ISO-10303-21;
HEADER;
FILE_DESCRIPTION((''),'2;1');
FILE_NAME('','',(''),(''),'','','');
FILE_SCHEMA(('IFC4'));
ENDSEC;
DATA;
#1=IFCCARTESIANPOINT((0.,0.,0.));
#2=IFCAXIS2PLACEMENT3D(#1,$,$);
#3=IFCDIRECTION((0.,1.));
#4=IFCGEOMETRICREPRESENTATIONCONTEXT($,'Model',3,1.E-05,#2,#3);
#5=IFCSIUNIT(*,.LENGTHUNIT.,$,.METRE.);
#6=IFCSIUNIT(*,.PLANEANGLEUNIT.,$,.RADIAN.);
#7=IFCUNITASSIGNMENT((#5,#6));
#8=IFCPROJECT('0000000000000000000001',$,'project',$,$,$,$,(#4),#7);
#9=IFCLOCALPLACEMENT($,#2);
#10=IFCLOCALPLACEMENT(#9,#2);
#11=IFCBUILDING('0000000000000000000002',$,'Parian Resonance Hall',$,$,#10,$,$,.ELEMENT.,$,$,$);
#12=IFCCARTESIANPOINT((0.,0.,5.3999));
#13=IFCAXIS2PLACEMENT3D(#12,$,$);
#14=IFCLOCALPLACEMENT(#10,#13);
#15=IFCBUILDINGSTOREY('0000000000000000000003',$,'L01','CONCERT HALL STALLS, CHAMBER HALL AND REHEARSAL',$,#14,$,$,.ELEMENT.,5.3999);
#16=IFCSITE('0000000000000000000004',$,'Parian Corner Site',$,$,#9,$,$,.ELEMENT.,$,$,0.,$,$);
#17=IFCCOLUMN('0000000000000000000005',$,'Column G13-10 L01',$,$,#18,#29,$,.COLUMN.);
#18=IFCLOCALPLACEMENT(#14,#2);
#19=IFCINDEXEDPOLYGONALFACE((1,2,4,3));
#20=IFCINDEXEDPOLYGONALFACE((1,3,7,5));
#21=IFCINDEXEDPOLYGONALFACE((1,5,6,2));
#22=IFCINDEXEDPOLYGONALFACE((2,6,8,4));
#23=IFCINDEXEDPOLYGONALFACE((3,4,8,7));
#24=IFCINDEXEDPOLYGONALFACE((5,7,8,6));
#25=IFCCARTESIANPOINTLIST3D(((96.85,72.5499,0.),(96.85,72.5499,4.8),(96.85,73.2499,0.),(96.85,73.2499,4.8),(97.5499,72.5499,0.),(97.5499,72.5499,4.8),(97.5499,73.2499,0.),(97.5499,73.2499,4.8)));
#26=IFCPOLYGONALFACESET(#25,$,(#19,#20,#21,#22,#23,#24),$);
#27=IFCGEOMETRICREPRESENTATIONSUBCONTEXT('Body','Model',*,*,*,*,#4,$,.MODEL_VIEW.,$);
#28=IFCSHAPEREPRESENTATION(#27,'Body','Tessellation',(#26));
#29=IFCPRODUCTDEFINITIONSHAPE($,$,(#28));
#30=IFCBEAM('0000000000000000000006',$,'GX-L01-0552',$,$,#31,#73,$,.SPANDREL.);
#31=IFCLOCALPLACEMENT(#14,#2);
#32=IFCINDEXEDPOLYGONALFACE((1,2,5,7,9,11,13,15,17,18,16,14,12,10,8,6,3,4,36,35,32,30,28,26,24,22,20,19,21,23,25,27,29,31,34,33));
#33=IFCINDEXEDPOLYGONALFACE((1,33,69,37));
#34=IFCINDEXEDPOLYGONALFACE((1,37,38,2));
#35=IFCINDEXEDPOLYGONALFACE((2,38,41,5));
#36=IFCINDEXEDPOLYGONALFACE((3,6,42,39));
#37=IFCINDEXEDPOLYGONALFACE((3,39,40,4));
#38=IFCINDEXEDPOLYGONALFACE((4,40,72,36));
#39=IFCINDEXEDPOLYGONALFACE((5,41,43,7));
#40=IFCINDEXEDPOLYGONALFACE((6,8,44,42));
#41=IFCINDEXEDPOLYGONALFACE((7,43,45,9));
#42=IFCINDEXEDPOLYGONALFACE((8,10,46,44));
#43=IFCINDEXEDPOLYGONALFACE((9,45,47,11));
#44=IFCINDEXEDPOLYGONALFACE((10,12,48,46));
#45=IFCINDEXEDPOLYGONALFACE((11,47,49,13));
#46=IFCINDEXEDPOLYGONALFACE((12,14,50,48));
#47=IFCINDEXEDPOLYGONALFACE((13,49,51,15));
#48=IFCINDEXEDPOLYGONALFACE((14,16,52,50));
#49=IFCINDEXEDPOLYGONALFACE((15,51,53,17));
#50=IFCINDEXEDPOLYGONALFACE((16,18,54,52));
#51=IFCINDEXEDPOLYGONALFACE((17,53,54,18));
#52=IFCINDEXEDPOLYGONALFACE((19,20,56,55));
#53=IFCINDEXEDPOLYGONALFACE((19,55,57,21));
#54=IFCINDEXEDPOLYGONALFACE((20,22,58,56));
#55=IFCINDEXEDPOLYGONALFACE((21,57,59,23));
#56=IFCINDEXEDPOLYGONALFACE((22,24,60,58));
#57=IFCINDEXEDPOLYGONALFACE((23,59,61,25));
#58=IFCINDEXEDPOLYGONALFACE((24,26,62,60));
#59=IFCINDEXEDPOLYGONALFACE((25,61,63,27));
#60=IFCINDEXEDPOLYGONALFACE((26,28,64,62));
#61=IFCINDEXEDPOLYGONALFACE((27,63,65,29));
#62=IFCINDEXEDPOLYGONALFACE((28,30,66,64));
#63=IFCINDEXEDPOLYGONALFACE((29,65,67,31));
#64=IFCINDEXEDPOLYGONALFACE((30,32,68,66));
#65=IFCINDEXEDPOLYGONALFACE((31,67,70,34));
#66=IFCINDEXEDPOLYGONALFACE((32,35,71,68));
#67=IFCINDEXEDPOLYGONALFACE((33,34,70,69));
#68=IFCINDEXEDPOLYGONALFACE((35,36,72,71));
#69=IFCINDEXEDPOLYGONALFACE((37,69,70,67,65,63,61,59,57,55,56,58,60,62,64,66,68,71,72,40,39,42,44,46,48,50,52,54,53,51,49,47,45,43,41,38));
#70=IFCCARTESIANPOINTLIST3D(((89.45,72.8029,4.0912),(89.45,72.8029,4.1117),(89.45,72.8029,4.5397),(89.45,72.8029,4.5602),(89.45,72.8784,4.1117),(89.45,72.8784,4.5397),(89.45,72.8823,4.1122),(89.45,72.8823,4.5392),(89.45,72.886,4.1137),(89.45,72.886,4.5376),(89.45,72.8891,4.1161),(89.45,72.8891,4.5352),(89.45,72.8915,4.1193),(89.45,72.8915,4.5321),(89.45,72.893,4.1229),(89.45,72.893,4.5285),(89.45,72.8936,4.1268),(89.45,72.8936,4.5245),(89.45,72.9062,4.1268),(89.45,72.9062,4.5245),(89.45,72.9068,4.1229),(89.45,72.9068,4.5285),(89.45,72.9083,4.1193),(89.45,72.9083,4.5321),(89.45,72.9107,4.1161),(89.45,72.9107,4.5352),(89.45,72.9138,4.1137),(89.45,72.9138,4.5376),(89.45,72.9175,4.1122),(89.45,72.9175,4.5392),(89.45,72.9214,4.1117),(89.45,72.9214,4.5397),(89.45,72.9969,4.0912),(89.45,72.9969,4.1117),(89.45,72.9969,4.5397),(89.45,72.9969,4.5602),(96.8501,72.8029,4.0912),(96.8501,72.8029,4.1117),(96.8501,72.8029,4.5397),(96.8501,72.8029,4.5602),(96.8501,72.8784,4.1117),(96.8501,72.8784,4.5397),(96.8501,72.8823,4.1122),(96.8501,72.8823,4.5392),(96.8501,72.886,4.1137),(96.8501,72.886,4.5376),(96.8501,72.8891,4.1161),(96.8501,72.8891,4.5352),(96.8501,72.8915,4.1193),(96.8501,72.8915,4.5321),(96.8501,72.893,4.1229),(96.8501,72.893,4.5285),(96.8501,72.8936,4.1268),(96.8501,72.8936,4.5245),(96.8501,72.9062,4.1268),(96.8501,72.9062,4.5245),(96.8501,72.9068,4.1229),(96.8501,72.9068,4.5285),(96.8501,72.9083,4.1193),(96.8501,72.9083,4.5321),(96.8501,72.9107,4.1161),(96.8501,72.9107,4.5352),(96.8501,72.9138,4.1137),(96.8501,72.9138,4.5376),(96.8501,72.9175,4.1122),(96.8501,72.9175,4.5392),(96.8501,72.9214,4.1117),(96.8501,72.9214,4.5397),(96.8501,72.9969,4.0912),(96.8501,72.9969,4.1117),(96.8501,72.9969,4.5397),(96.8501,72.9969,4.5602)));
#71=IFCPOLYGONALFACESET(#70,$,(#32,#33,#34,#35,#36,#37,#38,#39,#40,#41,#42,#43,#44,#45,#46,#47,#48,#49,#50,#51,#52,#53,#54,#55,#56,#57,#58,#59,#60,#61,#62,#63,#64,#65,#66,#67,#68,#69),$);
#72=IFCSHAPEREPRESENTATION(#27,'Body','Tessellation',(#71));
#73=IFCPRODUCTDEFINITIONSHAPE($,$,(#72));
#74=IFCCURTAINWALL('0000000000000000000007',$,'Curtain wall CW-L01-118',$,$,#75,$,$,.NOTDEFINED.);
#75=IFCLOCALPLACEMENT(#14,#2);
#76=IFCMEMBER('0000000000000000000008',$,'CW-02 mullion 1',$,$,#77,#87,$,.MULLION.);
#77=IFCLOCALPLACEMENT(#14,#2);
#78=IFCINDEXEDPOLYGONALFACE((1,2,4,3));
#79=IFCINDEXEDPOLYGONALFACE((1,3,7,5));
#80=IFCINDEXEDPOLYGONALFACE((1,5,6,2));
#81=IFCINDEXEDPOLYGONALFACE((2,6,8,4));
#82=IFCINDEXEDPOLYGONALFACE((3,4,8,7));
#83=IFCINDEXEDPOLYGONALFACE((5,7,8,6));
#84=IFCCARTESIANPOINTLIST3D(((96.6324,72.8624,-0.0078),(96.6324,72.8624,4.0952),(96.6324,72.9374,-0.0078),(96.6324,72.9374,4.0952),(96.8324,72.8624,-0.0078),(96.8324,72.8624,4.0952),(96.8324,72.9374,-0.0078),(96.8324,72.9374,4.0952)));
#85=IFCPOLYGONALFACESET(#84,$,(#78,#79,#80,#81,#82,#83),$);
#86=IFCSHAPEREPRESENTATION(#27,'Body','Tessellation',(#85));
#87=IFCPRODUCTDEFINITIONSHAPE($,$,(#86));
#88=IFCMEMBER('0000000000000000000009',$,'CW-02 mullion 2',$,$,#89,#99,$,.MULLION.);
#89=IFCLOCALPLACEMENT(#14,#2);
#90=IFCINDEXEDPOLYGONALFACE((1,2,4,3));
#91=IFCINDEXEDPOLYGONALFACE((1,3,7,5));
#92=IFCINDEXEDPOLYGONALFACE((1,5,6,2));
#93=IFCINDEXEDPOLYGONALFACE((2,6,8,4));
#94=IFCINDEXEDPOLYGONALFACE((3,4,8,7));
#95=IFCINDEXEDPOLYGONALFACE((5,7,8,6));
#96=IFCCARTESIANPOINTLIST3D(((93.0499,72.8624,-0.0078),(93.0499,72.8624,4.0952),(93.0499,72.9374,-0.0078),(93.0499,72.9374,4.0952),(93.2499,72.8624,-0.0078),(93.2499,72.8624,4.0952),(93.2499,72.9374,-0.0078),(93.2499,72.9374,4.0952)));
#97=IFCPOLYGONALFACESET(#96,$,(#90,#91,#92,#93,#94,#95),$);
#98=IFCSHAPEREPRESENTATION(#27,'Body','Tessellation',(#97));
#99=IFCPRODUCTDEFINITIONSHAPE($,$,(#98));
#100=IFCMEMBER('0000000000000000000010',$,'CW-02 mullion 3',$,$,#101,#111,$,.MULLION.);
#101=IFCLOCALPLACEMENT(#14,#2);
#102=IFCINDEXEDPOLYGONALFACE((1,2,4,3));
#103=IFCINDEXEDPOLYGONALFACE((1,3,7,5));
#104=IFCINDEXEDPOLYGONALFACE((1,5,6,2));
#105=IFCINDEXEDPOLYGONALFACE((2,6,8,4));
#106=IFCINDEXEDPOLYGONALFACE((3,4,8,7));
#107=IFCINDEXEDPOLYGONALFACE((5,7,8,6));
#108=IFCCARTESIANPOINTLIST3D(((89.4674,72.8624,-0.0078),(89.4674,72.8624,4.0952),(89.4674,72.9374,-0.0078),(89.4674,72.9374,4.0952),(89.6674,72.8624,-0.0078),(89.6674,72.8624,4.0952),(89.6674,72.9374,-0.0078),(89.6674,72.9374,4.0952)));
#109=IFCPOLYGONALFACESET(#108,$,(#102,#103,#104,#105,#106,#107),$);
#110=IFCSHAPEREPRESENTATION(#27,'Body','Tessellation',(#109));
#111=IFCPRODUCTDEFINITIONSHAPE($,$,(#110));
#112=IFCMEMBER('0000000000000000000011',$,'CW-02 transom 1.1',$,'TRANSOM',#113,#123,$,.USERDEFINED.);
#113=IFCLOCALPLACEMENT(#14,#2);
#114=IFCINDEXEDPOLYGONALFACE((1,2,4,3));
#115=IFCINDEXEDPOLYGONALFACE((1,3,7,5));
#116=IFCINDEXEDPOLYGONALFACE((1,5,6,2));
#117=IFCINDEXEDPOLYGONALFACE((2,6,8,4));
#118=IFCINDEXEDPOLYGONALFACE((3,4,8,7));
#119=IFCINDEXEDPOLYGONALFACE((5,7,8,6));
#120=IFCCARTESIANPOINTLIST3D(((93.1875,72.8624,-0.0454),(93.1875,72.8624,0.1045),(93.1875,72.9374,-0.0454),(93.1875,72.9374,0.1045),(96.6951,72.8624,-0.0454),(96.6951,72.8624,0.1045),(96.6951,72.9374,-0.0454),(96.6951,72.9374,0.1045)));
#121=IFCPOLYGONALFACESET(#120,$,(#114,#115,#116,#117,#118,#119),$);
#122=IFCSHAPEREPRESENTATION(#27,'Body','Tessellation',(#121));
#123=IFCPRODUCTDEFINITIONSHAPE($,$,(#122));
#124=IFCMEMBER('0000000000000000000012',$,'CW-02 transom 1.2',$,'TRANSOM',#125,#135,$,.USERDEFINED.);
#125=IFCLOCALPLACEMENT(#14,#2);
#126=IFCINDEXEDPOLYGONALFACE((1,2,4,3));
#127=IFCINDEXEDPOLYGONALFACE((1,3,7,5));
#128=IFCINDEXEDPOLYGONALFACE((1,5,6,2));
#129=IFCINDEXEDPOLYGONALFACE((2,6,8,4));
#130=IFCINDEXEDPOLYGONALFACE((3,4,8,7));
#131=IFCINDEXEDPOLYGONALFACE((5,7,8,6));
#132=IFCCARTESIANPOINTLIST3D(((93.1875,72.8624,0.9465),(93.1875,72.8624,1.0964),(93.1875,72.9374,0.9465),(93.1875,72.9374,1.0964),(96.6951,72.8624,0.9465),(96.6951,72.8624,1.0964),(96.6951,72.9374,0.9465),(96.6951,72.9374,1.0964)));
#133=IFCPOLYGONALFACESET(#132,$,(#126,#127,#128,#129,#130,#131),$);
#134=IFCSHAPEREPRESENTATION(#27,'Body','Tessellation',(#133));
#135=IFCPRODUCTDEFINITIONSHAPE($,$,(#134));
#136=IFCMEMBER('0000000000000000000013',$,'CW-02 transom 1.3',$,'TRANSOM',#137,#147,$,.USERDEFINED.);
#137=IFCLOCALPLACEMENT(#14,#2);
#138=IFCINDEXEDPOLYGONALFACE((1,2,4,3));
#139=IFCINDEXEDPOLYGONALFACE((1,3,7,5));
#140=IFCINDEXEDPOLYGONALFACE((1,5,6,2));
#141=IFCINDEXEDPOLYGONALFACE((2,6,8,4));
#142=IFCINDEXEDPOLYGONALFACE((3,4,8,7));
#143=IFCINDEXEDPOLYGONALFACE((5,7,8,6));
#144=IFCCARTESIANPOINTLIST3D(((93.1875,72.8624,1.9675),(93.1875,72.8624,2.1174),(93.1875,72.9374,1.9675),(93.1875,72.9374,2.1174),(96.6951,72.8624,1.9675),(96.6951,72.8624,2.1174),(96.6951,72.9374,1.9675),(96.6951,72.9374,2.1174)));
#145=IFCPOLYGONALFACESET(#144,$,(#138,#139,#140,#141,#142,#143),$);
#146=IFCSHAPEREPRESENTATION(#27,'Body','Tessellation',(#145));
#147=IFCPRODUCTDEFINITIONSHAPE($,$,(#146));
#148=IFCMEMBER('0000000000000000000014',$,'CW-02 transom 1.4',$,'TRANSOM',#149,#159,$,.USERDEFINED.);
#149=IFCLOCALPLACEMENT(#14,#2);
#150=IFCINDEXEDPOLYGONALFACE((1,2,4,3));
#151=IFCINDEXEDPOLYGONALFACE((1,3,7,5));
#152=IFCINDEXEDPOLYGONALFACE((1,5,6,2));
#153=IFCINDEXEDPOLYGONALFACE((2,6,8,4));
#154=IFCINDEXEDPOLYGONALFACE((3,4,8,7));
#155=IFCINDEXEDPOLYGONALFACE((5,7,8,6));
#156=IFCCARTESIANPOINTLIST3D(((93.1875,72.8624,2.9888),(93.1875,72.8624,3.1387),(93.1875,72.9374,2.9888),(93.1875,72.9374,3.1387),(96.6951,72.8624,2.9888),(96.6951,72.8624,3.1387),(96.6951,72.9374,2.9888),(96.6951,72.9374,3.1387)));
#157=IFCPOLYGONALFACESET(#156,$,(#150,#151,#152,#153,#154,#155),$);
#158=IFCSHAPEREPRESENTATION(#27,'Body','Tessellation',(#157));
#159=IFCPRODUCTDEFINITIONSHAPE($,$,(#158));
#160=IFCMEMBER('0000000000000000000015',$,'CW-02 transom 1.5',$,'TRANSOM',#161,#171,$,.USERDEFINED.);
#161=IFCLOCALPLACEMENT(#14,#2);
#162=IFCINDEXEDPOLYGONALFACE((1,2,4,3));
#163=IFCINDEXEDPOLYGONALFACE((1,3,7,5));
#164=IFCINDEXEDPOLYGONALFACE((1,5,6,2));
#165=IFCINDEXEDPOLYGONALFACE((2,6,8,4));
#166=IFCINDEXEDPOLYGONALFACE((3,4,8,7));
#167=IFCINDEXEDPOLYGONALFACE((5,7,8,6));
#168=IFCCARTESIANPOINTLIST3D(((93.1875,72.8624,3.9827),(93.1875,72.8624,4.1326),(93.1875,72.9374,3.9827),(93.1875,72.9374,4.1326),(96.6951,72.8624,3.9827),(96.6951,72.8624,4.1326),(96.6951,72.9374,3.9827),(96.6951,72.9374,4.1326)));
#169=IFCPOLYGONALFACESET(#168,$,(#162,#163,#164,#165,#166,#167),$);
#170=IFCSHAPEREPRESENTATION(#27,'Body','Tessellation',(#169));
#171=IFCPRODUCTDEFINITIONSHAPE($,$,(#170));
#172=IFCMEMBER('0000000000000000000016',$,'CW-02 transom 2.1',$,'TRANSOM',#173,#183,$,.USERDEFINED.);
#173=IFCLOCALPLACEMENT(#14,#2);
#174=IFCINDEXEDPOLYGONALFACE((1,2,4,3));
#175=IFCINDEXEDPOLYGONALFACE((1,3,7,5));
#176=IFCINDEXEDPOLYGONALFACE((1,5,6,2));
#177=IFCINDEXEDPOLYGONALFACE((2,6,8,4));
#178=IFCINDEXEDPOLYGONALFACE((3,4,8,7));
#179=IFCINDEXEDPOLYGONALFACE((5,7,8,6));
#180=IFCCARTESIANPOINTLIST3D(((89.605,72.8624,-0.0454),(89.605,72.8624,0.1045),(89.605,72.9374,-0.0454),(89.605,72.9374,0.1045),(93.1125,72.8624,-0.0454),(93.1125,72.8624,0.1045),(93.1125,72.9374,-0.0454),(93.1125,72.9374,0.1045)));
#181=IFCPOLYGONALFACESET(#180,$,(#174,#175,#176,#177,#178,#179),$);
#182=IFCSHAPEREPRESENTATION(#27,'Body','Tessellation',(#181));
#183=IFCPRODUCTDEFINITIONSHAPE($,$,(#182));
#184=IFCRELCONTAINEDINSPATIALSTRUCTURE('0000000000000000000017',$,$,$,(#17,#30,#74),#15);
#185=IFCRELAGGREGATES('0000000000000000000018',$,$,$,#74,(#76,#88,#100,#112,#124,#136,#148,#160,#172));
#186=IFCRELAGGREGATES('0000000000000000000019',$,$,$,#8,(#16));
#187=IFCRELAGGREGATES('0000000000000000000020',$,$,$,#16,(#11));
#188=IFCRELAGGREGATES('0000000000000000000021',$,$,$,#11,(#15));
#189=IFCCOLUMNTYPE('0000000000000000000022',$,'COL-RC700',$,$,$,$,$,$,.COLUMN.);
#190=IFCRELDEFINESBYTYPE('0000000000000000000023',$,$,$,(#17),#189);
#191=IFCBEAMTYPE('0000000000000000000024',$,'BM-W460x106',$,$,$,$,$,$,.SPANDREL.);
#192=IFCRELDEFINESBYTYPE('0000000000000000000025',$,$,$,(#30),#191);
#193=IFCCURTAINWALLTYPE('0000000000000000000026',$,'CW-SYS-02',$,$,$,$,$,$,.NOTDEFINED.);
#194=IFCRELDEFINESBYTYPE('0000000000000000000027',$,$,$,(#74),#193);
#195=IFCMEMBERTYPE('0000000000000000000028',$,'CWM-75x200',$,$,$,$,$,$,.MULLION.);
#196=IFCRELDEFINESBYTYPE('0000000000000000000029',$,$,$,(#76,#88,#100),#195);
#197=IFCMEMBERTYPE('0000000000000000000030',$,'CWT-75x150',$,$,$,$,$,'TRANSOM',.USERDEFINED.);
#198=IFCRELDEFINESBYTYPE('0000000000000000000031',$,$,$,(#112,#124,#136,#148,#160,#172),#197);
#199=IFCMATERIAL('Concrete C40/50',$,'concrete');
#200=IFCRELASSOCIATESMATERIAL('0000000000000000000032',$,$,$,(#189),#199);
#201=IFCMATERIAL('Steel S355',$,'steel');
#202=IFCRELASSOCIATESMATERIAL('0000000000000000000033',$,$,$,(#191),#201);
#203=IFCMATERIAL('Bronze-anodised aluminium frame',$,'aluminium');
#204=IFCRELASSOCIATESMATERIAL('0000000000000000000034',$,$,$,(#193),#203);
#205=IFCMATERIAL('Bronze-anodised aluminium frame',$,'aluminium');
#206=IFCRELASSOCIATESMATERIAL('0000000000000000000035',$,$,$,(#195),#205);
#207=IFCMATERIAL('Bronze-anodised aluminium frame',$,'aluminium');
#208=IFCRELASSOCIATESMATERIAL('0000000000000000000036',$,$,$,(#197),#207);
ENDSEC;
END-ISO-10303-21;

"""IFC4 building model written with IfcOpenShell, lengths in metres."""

from ifc_helpers import new_model, si_unit, direction, frame, origin, origin_2d, place, context, subcontext, project, spatial, rectangle, i_section, extrude, material, material_profile, profile_set, type_object, element, aggregate, save


model = new_model("IFC4")

# Units and contexts
model_context = context("Model", 3, precision=1e-05, world=origin(), true_north=direction((0.0, 1.0)))
body_context = subcontext(model_context, "Body", "Model", "MODEL_VIEW")
ifc_project = project(units=[si_unit("LENGTHUNIT", "METRE"), si_unit("PLANEANGLEUNIT", "RADIAN")], contexts=[model_context])

# Site, building, storey
site_placement = place(None, origin())
site = spatial("IfcSite", under=ifc_project, at=site_placement, Name="Parian Corner Site", CompositionType="ELEMENT", RefElevation=0.0)
building_placement = place(site_placement, origin())
building = spatial("IfcBuilding", under=site, at=building_placement, Name="Parian Resonance Hall", CompositionType="ELEMENT")
storey_placement = place(building_placement, frame((0.0, 0.0, 5.3999)))
storey = spatial("IfcBuildingStorey", under=building, at=storey_placement, Name="L01", Description="CONCERT HALL STALLS, CHAMBER HALL AND REHEARSAL", CompositionType="ELEMENT", Elevation=5.3999)

# Column
ifc_material_1 = material(Name="Concrete C40/50", Category="concrete")
ifc_material_profile_1 = material_profile(ifc_material_1, rectangle(XDim=0.7, YDim=0.7, at=origin_2d()), Name="RC-COL-700x700")
ifc_profile_set_1 = profile_set([ifc_material_profile_1], Name="Concrete C40/50")
column_type = type_object("IfcColumnType", Name="COL-RC700", PredefinedType="COLUMN", material=ifc_profile_set_1)
column_placement = place(storey_placement, frame((97.2, 72.8999, 0.0), z_axis=(0.0, 0.0, 1.0), x_axis=(1.0, 0.0, 0.0)))
element("IfcColumn", 1, at=column_placement, inside=storey, type_object=column_type, Name="Column G13-10 L01", PredefinedType="COLUMN", context=body_context, shape_type="SweptSolid", body=[
    extrude(rectangle(XDim=0.7, YDim=0.7, at=origin_2d()), origin(), (0.0, 0.0, 1.0), 4.8),
])

# Beam
ifc_material_2 = material(Name="Steel S355", Category="steel")
ifc_material_profile_2 = material_profile(ifc_material_2, i_section(OverallWidth=0.1941, OverallDepth=0.469, WebThickness=0.0127, FlangeThickness=0.0205, FilletRadius=0.0151, at=origin_2d()), Name="W460x106")
ifc_profile_set_2 = profile_set([ifc_material_profile_2], Name="Steel S355")
beam_type = type_object("IfcBeamType", Name="BM-W460x106", PredefinedType="SPANDREL", material=ifc_profile_set_2)
beam_placement = place(storey_placement, frame((89.45, 72.8999, 4.3257), z_axis=(1.0, 0.0, 0.0), x_axis=(0.0, 1.0, 0.0)))
element("IfcBeam", 2, at=beam_placement, inside=storey, type_object=beam_type, Name="GX-L01-0552", PredefinedType="SPANDREL", context=body_context, shape_type="SweptSolid", body=[
    extrude(i_section(OverallWidth=0.1941, OverallDepth=0.469, WebThickness=0.0127, FlangeThickness=0.0205, FilletRadius=0.0151, at=origin_2d()), origin(), (0.0, 0.0, 1.0), 7.4001),
])

# Curtain wall, members
ifc_material_3 = material(Name="Bronze-anodised aluminium frame", Category="aluminium")
curtain_wall_type = type_object("IfcCurtainWallType", Name="CW-SYS-02", PredefinedType="NOTDEFINED", material=ifc_material_3)
curtain_wall_placement = place(storey_placement, origin())
curtain_wall = element("IfcCurtainWall", 3, at=curtain_wall_placement, inside=storey, type_object=curtain_wall_type, Name="Curtain wall CW-L01-118", PredefinedType="NOTDEFINED")
ifc_material_4 = material(Name="Bronze-anodised aluminium frame", Category="aluminium")
ifc_material_profile_3 = material_profile(ifc_material_4, rectangle(XDim=0.075, YDim=0.2, at=origin_2d()), Name="CWM-75x200")
ifc_profile_set_3 = profile_set([ifc_material_profile_3], Name="Bronze-anodised aluminium frame")
member_type_1 = type_object("IfcMemberType", Name="CWM-75x200", PredefinedType="MULLION", material=ifc_profile_set_3)
member_1_placement = place(storey_placement, frame((96.7324, 72.8999, -0.0078), z_axis=(0.0, 0.0, 1.0), x_axis=(0.0, -1.0, 0.0)))
member_1 = element("IfcMember", 4, at=member_1_placement, type_object=member_type_1, Name="CW-02 mullion 1", PredefinedType="MULLION", context=body_context, shape_type="SweptSolid", body=[
    extrude(rectangle(XDim=0.075, YDim=0.2, at=origin_2d()), origin(), (0.0, 0.0, 1.0), 4.103),
])
member_2_placement = place(storey_placement, frame((93.1499, 72.8999, -0.0078), z_axis=(0.0, 0.0, 1.0), x_axis=(0.0, -1.0, 0.0)))
member_2 = element("IfcMember", 5, at=member_2_placement, type_object=member_type_1, Name="CW-02 mullion 2", PredefinedType="MULLION", context=body_context, shape_type="SweptSolid", body=[
    extrude(rectangle(XDim=0.075, YDim=0.2, at=origin_2d()), origin(), (0.0, 0.0, 1.0), 4.103),
])
member_3_placement = place(storey_placement, frame((89.5674, 72.8999, -0.0078), z_axis=(0.0, 0.0, 1.0), x_axis=(0.0, -1.0, 0.0)))
member_3 = element("IfcMember", 6, at=member_3_placement, type_object=member_type_1, Name="CW-02 mullion 3", PredefinedType="MULLION", context=body_context, shape_type="SweptSolid", body=[
    extrude(rectangle(XDim=0.075, YDim=0.2, at=origin_2d()), origin(), (0.0, 0.0, 1.0), 4.103),
])
ifc_material_5 = material(Name="Bronze-anodised aluminium frame", Category="aluminium")
ifc_material_profile_4 = material_profile(ifc_material_5, rectangle(XDim=0.075, YDim=0.1499, at=origin_2d()), Name="CWT-75x150")
ifc_profile_set_4 = profile_set([ifc_material_profile_4], Name="Bronze-anodised aluminium frame")
member_type_2 = type_object("IfcMemberType", Name="CWT-75x150", ElementType="TRANSOM", PredefinedType="USERDEFINED", material=ifc_profile_set_4)
member_4_placement = place(storey_placement, frame((96.6951, 72.8999, 0.0295), z_axis=(-1.0, 0.0, 0.0), x_axis=(0.0, -1.0, 0.0)))
member_4 = element("IfcMember", 7, at=member_4_placement, type_object=member_type_2, Name="CW-02 transom 1.1", ObjectType="TRANSOM", PredefinedType="USERDEFINED", context=body_context, shape_type="SweptSolid", body=[
    extrude(rectangle(XDim=0.075, YDim=0.1499, at=origin_2d()), origin(), (0.0, 0.0, 1.0), 3.5076),
])
member_5_placement = place(storey_placement, frame((96.6951, 72.8999, 1.0215), z_axis=(-1.0, 0.0, 0.0), x_axis=(0.0, -1.0, 0.0)))
member_5 = element("IfcMember", 8, at=member_5_placement, type_object=member_type_2, Name="CW-02 transom 1.2", ObjectType="TRANSOM", PredefinedType="USERDEFINED", context=body_context, shape_type="SweptSolid", body=[
    extrude(rectangle(XDim=0.075, YDim=0.1499, at=origin_2d()), origin(), (0.0, 0.0, 1.0), 3.5076),
])
member_6_placement = place(storey_placement, frame((96.6951, 72.8999, 2.0425), z_axis=(-1.0, 0.0, 0.0), x_axis=(0.0, -1.0, 0.0)))
member_6 = element("IfcMember", 9, at=member_6_placement, type_object=member_type_2, Name="CW-02 transom 1.3", ObjectType="TRANSOM", PredefinedType="USERDEFINED", context=body_context, shape_type="SweptSolid", body=[
    extrude(rectangle(XDim=0.075, YDim=0.1499, at=origin_2d()), origin(), (0.0, 0.0, 1.0), 3.5076),
])
member_7_placement = place(storey_placement, frame((96.6951, 72.8999, 3.0637), z_axis=(-1.0, 0.0, 0.0), x_axis=(0.0, -1.0, 0.0)))
member_7 = element("IfcMember", 10, at=member_7_placement, type_object=member_type_2, Name="CW-02 transom 1.4", ObjectType="TRANSOM", PredefinedType="USERDEFINED", context=body_context, shape_type="SweptSolid", body=[
    extrude(rectangle(XDim=0.075, YDim=0.1499, at=origin_2d()), origin(), (0.0, 0.0, 1.0), 3.5076),
])
member_8_placement = place(storey_placement, frame((96.6951, 72.8999, 4.0576), z_axis=(-1.0, 0.0, 0.0), x_axis=(0.0, -1.0, 0.0)))
member_8 = element("IfcMember", 11, at=member_8_placement, type_object=member_type_2, Name="CW-02 transom 1.5", ObjectType="TRANSOM", PredefinedType="USERDEFINED", context=body_context, shape_type="SweptSolid", body=[
    extrude(rectangle(XDim=0.075, YDim=0.1499, at=origin_2d()), origin(), (0.0, 0.0, 1.0), 3.5076),
])
member_9_placement = place(storey_placement, frame((93.1125, 72.8999, 0.0295), z_axis=(-1.0, 0.0, 0.0), x_axis=(0.0, -1.0, 0.0)))
member_9 = element("IfcMember", 12, at=member_9_placement, type_object=member_type_2, Name="CW-02 transom 2.1", ObjectType="TRANSOM", PredefinedType="USERDEFINED", context=body_context, shape_type="SweptSolid", body=[
    extrude(rectangle(XDim=0.075, YDim=0.1499, at=origin_2d()), origin(), (0.0, 0.0, 1.0), 3.5076),
])
aggregate(curtain_wall, [member_1, member_2, member_3, member_4, member_5, member_6, member_7, member_8, member_9])

save(model, "model.ifc")
